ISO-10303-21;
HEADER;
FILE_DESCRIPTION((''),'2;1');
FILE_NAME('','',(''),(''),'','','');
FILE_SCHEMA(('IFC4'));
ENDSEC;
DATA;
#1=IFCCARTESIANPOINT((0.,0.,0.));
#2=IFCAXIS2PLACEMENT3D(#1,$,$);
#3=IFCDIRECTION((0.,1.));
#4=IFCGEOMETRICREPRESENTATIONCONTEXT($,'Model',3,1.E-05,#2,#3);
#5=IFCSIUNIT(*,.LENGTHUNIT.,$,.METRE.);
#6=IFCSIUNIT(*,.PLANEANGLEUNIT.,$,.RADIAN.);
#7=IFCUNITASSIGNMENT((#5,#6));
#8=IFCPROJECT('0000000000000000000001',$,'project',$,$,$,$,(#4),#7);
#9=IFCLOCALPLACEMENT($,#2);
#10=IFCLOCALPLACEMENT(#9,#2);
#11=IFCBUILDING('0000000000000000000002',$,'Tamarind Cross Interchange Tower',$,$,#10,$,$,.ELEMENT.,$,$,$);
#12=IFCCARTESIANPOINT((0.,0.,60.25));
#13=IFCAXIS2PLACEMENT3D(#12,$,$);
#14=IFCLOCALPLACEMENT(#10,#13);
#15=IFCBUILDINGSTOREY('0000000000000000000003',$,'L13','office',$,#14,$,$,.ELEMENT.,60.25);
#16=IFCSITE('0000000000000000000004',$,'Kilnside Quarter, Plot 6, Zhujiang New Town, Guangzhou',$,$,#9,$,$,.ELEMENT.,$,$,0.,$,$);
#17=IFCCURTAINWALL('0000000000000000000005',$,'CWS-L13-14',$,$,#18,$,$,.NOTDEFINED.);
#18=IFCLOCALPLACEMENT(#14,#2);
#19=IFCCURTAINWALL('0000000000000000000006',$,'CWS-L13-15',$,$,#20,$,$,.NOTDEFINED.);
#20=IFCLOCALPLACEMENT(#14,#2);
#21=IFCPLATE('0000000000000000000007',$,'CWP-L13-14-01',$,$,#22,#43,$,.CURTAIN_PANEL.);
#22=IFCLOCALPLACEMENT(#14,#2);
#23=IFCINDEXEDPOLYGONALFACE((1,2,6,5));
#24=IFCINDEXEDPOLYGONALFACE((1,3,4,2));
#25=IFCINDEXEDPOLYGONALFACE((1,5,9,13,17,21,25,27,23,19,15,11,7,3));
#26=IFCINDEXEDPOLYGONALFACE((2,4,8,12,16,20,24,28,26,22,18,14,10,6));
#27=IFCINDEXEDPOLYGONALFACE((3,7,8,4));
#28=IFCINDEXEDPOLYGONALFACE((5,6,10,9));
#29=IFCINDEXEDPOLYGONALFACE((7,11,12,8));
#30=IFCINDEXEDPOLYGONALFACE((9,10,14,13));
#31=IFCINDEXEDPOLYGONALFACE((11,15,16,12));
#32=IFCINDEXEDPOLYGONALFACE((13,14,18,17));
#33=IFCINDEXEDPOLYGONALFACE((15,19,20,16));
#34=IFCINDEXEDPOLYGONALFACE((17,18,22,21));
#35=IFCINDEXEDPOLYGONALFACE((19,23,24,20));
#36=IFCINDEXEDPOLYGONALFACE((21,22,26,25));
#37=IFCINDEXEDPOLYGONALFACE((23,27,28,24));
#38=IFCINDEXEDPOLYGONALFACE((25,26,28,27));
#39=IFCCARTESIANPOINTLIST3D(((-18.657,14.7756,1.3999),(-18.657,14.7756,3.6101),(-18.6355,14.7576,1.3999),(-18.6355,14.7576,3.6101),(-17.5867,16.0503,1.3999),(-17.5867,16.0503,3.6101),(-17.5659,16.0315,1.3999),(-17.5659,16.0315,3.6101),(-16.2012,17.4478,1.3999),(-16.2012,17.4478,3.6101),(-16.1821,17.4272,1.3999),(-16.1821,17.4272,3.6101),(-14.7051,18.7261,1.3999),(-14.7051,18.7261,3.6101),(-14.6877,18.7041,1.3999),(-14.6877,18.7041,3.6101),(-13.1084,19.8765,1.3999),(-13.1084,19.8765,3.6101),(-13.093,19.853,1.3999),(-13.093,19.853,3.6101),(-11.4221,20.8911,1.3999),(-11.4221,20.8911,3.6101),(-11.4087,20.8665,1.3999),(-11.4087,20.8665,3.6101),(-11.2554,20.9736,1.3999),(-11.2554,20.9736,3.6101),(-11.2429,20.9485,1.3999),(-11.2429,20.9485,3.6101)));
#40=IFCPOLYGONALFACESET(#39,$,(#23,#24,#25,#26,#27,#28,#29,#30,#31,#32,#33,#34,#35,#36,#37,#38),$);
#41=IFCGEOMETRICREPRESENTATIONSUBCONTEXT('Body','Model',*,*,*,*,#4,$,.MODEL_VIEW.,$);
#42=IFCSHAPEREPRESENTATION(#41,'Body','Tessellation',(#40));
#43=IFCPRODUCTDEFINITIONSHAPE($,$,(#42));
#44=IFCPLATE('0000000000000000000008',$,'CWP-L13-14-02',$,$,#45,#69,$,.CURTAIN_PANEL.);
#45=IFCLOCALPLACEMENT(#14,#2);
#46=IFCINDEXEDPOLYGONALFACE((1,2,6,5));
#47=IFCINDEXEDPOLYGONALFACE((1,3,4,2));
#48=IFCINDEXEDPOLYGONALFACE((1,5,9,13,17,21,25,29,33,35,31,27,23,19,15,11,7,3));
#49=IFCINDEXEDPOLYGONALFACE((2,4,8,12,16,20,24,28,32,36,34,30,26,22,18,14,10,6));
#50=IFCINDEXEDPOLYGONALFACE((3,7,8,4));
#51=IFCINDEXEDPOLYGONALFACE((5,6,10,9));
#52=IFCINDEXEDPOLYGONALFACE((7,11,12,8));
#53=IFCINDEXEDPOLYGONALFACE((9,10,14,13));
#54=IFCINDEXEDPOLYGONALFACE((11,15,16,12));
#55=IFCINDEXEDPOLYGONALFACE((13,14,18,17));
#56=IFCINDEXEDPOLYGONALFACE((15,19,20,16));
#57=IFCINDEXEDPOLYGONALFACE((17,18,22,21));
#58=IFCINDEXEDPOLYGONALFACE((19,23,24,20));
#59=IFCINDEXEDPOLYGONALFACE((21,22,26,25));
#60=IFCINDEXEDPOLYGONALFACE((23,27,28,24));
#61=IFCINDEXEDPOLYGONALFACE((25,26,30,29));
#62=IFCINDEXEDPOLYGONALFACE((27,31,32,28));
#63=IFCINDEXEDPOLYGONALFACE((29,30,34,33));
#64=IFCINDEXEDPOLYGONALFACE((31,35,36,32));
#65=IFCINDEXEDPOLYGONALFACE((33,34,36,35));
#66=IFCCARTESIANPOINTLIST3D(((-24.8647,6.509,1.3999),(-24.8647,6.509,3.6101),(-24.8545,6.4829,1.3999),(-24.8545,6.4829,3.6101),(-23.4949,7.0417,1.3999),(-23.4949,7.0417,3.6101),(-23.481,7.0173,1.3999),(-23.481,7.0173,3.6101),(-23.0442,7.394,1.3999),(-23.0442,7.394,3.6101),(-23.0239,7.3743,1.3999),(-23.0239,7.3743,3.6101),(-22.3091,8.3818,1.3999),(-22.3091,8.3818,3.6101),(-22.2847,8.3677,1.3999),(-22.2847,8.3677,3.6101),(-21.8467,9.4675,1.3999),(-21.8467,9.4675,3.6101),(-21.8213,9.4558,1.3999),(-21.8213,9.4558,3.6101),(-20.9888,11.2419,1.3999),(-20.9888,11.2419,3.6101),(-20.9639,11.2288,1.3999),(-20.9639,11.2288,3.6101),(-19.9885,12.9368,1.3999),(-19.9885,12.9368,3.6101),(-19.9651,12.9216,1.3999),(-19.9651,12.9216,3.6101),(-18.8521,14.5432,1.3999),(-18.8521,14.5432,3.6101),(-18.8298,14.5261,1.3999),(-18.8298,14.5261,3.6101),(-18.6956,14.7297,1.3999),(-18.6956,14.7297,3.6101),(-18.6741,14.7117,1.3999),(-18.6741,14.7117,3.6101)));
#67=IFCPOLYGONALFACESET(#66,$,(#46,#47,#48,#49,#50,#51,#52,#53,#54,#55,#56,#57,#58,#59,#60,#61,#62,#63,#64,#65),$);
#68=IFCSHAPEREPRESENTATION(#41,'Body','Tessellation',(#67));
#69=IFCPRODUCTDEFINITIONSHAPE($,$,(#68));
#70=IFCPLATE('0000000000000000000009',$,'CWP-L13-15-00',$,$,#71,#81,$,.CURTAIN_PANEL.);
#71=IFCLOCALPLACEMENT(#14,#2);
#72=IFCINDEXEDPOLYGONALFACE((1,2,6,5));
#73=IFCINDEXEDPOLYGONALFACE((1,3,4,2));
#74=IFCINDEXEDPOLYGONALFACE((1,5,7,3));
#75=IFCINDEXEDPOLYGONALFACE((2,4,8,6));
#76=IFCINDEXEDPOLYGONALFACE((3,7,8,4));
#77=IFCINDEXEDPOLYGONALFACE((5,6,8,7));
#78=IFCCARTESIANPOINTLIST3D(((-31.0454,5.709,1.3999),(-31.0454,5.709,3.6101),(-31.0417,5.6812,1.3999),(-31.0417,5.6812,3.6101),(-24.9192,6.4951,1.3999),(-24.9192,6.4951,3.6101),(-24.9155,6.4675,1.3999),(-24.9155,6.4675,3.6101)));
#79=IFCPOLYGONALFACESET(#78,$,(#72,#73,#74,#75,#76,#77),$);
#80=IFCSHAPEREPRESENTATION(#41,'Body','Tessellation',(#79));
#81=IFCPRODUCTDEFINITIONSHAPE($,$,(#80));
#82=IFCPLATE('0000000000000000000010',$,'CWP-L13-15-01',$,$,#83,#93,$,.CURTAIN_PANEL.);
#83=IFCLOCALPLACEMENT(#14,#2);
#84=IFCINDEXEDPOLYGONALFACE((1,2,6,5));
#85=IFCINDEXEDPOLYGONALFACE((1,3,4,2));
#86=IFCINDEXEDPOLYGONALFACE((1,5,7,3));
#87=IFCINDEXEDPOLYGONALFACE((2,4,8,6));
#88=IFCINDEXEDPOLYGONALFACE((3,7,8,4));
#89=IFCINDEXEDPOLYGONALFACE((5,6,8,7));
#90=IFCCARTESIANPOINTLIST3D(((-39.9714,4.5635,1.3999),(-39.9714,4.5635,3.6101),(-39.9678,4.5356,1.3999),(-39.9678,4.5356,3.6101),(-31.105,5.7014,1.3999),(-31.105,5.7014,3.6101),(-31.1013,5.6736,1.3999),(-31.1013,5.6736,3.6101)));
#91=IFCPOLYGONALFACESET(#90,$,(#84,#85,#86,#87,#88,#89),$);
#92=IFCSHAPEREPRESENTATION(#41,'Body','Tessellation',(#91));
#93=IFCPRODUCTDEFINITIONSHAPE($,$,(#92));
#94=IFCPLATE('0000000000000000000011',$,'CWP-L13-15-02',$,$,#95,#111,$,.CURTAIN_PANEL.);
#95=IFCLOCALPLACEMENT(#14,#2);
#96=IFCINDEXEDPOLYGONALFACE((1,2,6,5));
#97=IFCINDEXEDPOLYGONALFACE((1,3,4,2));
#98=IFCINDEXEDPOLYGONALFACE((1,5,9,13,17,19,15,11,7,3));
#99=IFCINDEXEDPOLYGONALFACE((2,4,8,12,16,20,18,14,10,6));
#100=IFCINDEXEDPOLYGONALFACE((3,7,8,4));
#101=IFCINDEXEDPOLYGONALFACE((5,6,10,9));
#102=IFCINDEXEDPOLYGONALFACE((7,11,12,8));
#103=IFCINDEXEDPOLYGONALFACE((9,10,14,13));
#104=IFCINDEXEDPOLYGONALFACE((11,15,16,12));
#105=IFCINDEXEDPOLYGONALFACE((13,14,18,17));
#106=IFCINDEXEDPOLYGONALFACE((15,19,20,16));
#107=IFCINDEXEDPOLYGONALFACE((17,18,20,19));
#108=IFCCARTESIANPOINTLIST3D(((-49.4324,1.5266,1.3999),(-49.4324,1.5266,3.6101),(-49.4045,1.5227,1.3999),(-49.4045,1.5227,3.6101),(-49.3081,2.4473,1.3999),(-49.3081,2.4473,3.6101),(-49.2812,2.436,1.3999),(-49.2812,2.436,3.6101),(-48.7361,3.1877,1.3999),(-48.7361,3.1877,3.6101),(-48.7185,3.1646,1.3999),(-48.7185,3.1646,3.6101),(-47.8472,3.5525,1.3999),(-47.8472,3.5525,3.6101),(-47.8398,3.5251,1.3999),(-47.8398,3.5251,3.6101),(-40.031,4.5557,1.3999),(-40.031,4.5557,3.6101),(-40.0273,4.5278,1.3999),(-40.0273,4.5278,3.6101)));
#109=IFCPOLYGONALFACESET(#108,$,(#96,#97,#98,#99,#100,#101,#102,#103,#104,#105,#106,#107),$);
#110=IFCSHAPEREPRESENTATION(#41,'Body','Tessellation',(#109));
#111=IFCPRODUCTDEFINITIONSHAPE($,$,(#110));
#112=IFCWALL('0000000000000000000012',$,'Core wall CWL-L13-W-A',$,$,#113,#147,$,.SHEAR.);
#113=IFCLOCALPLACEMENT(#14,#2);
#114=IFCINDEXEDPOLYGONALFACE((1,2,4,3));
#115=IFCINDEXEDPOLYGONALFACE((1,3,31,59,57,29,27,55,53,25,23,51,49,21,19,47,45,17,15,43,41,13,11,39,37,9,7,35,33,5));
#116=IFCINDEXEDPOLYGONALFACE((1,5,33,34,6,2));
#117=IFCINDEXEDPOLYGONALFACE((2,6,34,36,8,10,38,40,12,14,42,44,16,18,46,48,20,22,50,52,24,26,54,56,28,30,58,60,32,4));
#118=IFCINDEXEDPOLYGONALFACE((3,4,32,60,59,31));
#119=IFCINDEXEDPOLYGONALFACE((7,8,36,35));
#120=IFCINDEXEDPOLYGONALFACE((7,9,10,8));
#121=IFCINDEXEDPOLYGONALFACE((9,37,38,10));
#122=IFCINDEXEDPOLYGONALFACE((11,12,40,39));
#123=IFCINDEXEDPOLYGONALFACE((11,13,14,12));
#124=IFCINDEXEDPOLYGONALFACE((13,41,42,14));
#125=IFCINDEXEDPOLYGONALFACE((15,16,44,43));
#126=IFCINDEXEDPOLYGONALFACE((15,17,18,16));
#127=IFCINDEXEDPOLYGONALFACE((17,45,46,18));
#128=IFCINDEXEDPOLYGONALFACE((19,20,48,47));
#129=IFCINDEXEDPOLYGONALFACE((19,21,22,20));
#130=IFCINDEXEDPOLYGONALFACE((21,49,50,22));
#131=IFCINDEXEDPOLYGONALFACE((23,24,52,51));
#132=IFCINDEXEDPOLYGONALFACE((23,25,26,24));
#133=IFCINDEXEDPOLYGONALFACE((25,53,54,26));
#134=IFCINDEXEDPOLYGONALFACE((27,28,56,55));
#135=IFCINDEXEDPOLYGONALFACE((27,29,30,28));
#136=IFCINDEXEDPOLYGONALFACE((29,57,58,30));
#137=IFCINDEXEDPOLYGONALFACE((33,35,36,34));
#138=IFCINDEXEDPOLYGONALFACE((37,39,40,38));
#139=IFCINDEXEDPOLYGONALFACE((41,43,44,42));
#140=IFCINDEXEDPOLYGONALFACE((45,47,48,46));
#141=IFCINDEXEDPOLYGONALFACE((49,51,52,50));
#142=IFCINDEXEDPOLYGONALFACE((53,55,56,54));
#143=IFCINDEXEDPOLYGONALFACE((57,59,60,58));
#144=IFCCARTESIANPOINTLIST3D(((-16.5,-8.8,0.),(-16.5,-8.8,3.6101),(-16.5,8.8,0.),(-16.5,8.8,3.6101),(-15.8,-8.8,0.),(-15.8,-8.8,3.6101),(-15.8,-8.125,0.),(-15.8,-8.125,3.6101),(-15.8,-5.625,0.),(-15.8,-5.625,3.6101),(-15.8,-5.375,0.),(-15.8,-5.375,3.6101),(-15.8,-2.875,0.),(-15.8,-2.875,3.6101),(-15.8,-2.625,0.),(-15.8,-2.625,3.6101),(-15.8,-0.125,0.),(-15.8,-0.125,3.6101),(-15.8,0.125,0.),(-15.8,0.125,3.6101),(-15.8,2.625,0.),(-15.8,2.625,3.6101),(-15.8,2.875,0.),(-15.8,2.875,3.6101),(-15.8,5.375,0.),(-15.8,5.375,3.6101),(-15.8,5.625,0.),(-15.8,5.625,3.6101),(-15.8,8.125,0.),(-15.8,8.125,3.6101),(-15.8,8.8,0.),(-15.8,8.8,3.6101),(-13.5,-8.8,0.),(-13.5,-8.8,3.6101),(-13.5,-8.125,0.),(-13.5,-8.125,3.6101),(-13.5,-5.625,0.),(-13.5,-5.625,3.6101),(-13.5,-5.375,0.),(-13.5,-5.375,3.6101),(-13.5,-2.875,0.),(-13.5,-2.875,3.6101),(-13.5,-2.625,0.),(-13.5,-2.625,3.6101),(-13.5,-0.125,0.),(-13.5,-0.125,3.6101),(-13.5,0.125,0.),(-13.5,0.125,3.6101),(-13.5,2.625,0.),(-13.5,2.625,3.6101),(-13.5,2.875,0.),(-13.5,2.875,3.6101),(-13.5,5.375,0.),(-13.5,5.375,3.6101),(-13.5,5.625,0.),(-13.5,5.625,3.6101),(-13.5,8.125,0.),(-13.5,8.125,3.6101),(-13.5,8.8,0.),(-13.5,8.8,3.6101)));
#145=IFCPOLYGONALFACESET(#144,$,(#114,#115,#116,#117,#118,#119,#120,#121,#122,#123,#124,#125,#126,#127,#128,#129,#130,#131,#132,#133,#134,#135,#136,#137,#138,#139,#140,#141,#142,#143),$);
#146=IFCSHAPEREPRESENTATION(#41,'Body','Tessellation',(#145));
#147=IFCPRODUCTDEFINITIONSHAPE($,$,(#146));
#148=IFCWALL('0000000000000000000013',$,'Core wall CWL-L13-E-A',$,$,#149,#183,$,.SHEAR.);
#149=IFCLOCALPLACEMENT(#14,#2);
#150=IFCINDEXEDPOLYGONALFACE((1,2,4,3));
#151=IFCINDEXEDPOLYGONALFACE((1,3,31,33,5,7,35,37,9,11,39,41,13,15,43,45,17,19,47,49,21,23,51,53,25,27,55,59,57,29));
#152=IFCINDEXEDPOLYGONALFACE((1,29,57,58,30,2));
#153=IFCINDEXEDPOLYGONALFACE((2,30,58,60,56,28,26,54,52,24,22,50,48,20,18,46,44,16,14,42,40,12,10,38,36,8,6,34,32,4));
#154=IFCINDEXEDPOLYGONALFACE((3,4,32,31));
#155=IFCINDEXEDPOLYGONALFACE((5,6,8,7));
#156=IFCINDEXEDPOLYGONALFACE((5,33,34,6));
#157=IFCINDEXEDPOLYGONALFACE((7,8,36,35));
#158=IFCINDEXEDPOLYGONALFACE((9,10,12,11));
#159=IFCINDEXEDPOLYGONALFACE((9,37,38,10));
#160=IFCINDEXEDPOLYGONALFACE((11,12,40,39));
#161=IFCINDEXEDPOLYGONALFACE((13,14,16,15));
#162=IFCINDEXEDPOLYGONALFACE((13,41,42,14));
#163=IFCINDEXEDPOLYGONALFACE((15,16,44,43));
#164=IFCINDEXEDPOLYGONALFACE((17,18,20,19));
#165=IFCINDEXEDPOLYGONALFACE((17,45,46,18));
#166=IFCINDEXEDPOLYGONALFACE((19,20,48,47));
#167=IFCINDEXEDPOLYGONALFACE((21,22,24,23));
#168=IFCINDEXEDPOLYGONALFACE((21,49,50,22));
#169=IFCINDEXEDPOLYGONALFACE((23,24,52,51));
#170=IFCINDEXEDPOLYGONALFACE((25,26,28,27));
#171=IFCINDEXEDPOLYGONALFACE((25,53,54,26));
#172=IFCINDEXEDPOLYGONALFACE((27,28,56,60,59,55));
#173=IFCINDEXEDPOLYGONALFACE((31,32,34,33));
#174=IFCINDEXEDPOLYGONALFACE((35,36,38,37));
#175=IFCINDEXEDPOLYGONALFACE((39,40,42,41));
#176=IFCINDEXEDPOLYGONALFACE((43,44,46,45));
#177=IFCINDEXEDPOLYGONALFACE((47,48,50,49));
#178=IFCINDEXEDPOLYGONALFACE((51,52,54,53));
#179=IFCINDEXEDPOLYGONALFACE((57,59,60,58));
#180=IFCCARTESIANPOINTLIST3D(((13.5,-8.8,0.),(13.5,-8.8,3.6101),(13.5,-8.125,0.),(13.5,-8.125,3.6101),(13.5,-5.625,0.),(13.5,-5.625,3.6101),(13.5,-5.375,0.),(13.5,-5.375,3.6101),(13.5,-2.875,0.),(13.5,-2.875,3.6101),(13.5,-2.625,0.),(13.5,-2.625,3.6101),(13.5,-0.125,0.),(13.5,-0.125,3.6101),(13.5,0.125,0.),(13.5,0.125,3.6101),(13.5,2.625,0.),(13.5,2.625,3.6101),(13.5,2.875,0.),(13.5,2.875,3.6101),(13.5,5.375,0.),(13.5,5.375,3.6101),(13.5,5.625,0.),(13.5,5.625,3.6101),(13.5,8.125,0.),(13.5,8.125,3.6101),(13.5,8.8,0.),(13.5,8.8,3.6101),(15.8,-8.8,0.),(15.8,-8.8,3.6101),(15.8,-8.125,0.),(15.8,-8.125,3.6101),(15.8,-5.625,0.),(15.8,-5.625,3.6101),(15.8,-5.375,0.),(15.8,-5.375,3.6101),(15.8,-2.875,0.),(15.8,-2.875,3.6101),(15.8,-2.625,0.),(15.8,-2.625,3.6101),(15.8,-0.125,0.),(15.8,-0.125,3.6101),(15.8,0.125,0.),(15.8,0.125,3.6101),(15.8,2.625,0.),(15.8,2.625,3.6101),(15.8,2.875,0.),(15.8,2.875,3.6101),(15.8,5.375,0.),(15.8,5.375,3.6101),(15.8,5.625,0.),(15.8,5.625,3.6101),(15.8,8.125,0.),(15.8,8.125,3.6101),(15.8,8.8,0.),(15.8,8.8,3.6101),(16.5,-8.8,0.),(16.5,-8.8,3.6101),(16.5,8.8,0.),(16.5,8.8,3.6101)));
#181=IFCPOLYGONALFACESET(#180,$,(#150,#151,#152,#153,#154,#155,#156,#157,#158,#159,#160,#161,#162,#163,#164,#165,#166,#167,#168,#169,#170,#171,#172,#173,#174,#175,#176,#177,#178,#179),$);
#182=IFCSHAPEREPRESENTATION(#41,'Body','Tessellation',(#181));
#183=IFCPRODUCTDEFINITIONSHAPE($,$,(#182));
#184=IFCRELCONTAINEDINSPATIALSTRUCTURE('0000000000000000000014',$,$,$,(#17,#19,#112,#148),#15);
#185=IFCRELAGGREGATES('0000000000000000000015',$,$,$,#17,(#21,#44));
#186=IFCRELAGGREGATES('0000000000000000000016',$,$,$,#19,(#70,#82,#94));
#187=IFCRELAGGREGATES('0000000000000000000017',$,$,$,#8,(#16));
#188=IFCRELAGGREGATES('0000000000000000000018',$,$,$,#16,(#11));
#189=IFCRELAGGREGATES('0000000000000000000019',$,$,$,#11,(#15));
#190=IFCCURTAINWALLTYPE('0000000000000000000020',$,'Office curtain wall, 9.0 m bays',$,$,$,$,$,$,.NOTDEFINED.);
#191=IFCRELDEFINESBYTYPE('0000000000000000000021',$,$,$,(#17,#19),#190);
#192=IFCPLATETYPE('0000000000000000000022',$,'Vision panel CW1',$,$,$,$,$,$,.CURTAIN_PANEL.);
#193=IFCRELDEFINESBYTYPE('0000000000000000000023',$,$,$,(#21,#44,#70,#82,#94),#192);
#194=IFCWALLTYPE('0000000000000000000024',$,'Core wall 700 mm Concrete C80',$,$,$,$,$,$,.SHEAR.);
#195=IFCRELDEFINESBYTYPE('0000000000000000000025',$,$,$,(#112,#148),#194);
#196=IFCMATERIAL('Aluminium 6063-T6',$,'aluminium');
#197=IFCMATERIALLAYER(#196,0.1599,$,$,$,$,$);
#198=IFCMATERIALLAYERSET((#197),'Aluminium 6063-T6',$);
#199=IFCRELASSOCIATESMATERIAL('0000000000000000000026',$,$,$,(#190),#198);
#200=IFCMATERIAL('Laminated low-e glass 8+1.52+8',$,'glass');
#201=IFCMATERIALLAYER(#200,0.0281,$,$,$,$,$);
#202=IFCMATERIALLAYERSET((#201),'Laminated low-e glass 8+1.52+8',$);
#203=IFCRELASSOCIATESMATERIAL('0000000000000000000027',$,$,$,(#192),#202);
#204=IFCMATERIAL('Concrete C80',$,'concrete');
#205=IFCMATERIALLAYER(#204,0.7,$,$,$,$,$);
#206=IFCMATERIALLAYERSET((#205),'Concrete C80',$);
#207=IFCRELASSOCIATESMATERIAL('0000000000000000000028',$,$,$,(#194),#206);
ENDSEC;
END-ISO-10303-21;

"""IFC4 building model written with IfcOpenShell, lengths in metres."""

from ifc_helpers import new_model, si_unit, direction, frame, origin, place, context, subcontext, project, spatial, polyline, outline, extrude, material, layer, layer_set, type_object, element, aggregate, save


model = new_model("IFC4")

# Units and contexts
model_context = context("Model", 3, precision=1e-05, world=origin(), true_north=direction((0.0, 1.0)))
body_context = subcontext(model_context, "Body", "Model", "MODEL_VIEW")
ifc_project = project(units=[si_unit("LENGTHUNIT", "METRE"), si_unit("PLANEANGLEUNIT", "RADIAN")], contexts=[model_context])

# Site, building, storey
site_placement = place(None, origin())
site = spatial("IfcSite", under=ifc_project, at=site_placement, Name="Kilnside Quarter, Plot 6, Zhujiang New Town, Guangzhou", CompositionType="ELEMENT", RefElevation=0.0)
building_placement = place(site_placement, origin())
building = spatial("IfcBuilding", under=site, at=building_placement, Name="Tamarind Cross Interchange Tower", CompositionType="ELEMENT")
storey_placement = place(building_placement, frame((0.0, 0.0, 60.25)))
storey = spatial("IfcBuildingStorey", under=building, at=storey_placement, Name="L13", Description="office", CompositionType="ELEMENT", Elevation=60.25)

# Curtain walls
ifc_material_1 = material(Name="Aluminium 6063-T6", Category="aluminium")
ifc_layer_1 = layer(ifc_material_1, 0.1599)
ifc_layer_set_1 = layer_set([ifc_layer_1], Name="Aluminium 6063-T6")
curtain_wall_type = type_object("IfcCurtainWallType", Name="Office curtain wall, 9.0 m bays", PredefinedType="NOTDEFINED", material=ifc_layer_set_1)
curtain_wall_1_placement = place(storey_placement, origin())
curtain_wall_1 = element("IfcCurtainWall", 1, at=curtain_wall_1_placement, inside=storey, type_object=curtain_wall_type, Name="CWS-L13-14", PredefinedType="NOTDEFINED")
curtain_wall_2_placement = place(storey_placement, origin())
curtain_wall_2 = element("IfcCurtainWall", 2, at=curtain_wall_2_placement, inside=storey, type_object=curtain_wall_type, Name="CWS-L13-15", PredefinedType="NOTDEFINED")

# Plates
ifc_material_2 = material(Name="Laminated low-e glass 8+1.52+8", Category="glass")
ifc_layer_2 = layer(ifc_material_2, 0.0281)
ifc_layer_set_2 = layer_set([ifc_layer_2], Name="Laminated low-e glass 8+1.52+8")
plate_type = type_object("IfcPlateType", Name="Vision panel CW1", PredefinedType="CURTAIN_PANEL", material=ifc_layer_set_2)
plate_1_placement = place(storey_placement, frame((0.0, 0.0, 1.3999)))
plate_1 = element("IfcPlate", 3, at=plate_1_placement, type_object=plate_type, Name="CWP-L13-14-01", PredefinedType="CURTAIN_PANEL", context=body_context, shape_type="SweptSolid", body=[
    extrude(outline(polyline([(-11.2429, 20.9485), (-11.4087, 20.8665), (-13.093, 19.853), (-14.6877, 18.7041), (-16.1821, 17.4272), (-17.5659, 16.0315), (-18.6355, 14.7576), (-18.657, 14.7756), (-17.5867, 16.0503), (-16.2012, 17.4478), (-14.7051, 18.7261), (-13.1084, 19.8765), (-11.4221, 20.8911), (-11.2554, 20.9736), (-11.2429, 20.9485)])), origin(), (0.0, 0.0, 1.0), 2.2102),
])
plate_2_placement = place(storey_placement, frame((0.0, 0.0, 1.3999)))
plate_2 = element("IfcPlate", 4, at=plate_2_placement, type_object=plate_type, Name="CWP-L13-14-02", PredefinedType="CURTAIN_PANEL", context=body_context, shape_type="SweptSolid", body=[
    extrude(outline(polyline([(-18.6741, 14.7117), (-18.8298, 14.5261), (-19.9651, 12.9216), (-20.9639, 11.2288), (-21.8213, 9.4558), (-22.2847, 8.3677), (-23.0239, 7.3743), (-23.481, 7.0173), (-24.8545, 6.4829), (-24.8647, 6.509), (-23.4949, 7.0417), (-23.0442, 7.394), (-22.3091, 8.3818), (-21.8467, 9.4675), (-20.9888, 11.2419), (-19.9885, 12.9368), (-18.8521, 14.5432), (-18.6956, 14.7297), (-18.6741, 14.7117)])), origin(), (0.0, 0.0, 1.0), 2.2102),
])
aggregate(curtain_wall_1, [plate_1, plate_2])
plate_3_placement = place(storey_placement, frame((0.0, 0.0, 1.3999)))
plate_3 = element("IfcPlate", 5, at=plate_3_placement, type_object=plate_type, Name="CWP-L13-15-00", PredefinedType="CURTAIN_PANEL", context=body_context, shape_type="SweptSolid", body=[
    extrude(outline(polyline([(-24.9155, 6.4675), (-31.0417, 5.6812), (-31.0454, 5.709), (-24.9192, 6.4951), (-24.9155, 6.4675)])), origin(), (0.0, 0.0, 1.0), 2.2102),
])
plate_4_placement = place(storey_placement, frame((0.0, 0.0, 1.3999)))
plate_4 = element("IfcPlate", 6, at=plate_4_placement, type_object=plate_type, Name="CWP-L13-15-01", PredefinedType="CURTAIN_PANEL", context=body_context, shape_type="SweptSolid", body=[
    extrude(outline(polyline([(-31.1013, 5.6736), (-39.9678, 4.5356), (-39.9714, 4.5635), (-31.105, 5.7014), (-31.1013, 5.6736)])), origin(), (0.0, 0.0, 1.0), 2.2102),
])
plate_5_placement = place(storey_placement, frame((0.0, 0.0, 1.3999)))
plate_5 = element("IfcPlate", 7, at=plate_5_placement, type_object=plate_type, Name="CWP-L13-15-02", PredefinedType="CURTAIN_PANEL", context=body_context, shape_type="SweptSolid", body=[
    extrude(outline(polyline([(-40.0273, 4.5278), (-47.8398, 3.5251), (-48.7185, 3.1646), (-49.2812, 2.436), (-49.4045, 1.5227), (-49.4324, 1.5266), (-49.3081, 2.4473), (-48.7361, 3.1877), (-47.8472, 3.5525), (-40.031, 4.5557), (-40.0273, 4.5278)])), origin(), (0.0, 0.0, 1.0), 2.2102),
])
aggregate(curtain_wall_2, [plate_3, plate_4, plate_5])

# Walls
ifc_material_3 = material(Name="Concrete C80", Category="concrete")
ifc_layer_3 = layer(ifc_material_3, 0.7)
ifc_layer_set_3 = layer_set([ifc_layer_3], Name="Concrete C80")
wall_type_1 = type_object("IfcWallType", Name="Core wall 700 mm Concrete C80", PredefinedType="SHEAR", material=ifc_layer_set_3)
wall_1_placement = place(storey_placement, origin())
element("IfcWall", 8, at=wall_1_placement, inside=storey, type_object=wall_type_1, Name="Core wall CWL-L13-W-A", PredefinedType="SHEAR", context=body_context, shape_type="SweptSolid", body=[
    extrude(outline(polyline([(-13.5, -8.8), (-13.5, -8.125), (-15.8, -8.125), (-15.8, -5.625), (-13.5, -5.625), (-13.5, -5.375), (-15.8, -5.375), (-15.8, -2.875), (-13.5, -2.875), (-13.5, -2.625), (-15.8, -2.625), (-15.8, -0.125), (-13.5, -0.125), (-13.5, 0.125), (-15.8, 0.125), (-15.8, 2.625), (-13.5, 2.625), (-13.5, 2.875), (-15.8, 2.875), (-15.8, 5.375), (-13.5, 5.375), (-13.5, 5.625), (-15.8, 5.625), (-15.8, 8.125), (-13.5, 8.125), (-13.5, 8.8), (-15.8, 8.8), (-16.5, 8.8), (-16.5, -8.8), (-15.8, -8.8), (-13.5, -8.8)])), origin(), (0.0, 0.0, 1.0), 3.6101),
])
wall_2_placement = place(storey_placement, origin())
element("IfcWall", 9, at=wall_2_placement, inside=storey, type_object=wall_type_1, Name="Core wall CWL-L13-E-A", PredefinedType="SHEAR", context=body_context, shape_type="SweptSolid", body=[
    extrude(outline(polyline([(13.5, -8.8), (15.8, -8.8), (16.5, -8.8), (16.5, 8.8), (15.8, 8.8), (13.5, 8.8), (13.5, 8.125), (15.8, 8.125), (15.8, 5.625), (13.5, 5.625), (13.5, 5.375), (15.8, 5.375), (15.8, 2.875), (13.5, 2.875), (13.5, 2.625), (15.8, 2.625), (15.8, 0.125), (13.5, 0.125), (13.5, -0.125), (15.8, -0.125), (15.8, -2.625), (13.5, -2.625), (13.5, -2.875), (15.8, -2.875), (15.8, -5.375), (13.5, -5.375), (13.5, -5.625), (15.8, -5.625), (15.8, -8.125), (13.5, -8.125), (13.5, -8.8)])), origin(), (0.0, 0.0, 1.0), 3.6101),
])

save(model, "model.ifc")
